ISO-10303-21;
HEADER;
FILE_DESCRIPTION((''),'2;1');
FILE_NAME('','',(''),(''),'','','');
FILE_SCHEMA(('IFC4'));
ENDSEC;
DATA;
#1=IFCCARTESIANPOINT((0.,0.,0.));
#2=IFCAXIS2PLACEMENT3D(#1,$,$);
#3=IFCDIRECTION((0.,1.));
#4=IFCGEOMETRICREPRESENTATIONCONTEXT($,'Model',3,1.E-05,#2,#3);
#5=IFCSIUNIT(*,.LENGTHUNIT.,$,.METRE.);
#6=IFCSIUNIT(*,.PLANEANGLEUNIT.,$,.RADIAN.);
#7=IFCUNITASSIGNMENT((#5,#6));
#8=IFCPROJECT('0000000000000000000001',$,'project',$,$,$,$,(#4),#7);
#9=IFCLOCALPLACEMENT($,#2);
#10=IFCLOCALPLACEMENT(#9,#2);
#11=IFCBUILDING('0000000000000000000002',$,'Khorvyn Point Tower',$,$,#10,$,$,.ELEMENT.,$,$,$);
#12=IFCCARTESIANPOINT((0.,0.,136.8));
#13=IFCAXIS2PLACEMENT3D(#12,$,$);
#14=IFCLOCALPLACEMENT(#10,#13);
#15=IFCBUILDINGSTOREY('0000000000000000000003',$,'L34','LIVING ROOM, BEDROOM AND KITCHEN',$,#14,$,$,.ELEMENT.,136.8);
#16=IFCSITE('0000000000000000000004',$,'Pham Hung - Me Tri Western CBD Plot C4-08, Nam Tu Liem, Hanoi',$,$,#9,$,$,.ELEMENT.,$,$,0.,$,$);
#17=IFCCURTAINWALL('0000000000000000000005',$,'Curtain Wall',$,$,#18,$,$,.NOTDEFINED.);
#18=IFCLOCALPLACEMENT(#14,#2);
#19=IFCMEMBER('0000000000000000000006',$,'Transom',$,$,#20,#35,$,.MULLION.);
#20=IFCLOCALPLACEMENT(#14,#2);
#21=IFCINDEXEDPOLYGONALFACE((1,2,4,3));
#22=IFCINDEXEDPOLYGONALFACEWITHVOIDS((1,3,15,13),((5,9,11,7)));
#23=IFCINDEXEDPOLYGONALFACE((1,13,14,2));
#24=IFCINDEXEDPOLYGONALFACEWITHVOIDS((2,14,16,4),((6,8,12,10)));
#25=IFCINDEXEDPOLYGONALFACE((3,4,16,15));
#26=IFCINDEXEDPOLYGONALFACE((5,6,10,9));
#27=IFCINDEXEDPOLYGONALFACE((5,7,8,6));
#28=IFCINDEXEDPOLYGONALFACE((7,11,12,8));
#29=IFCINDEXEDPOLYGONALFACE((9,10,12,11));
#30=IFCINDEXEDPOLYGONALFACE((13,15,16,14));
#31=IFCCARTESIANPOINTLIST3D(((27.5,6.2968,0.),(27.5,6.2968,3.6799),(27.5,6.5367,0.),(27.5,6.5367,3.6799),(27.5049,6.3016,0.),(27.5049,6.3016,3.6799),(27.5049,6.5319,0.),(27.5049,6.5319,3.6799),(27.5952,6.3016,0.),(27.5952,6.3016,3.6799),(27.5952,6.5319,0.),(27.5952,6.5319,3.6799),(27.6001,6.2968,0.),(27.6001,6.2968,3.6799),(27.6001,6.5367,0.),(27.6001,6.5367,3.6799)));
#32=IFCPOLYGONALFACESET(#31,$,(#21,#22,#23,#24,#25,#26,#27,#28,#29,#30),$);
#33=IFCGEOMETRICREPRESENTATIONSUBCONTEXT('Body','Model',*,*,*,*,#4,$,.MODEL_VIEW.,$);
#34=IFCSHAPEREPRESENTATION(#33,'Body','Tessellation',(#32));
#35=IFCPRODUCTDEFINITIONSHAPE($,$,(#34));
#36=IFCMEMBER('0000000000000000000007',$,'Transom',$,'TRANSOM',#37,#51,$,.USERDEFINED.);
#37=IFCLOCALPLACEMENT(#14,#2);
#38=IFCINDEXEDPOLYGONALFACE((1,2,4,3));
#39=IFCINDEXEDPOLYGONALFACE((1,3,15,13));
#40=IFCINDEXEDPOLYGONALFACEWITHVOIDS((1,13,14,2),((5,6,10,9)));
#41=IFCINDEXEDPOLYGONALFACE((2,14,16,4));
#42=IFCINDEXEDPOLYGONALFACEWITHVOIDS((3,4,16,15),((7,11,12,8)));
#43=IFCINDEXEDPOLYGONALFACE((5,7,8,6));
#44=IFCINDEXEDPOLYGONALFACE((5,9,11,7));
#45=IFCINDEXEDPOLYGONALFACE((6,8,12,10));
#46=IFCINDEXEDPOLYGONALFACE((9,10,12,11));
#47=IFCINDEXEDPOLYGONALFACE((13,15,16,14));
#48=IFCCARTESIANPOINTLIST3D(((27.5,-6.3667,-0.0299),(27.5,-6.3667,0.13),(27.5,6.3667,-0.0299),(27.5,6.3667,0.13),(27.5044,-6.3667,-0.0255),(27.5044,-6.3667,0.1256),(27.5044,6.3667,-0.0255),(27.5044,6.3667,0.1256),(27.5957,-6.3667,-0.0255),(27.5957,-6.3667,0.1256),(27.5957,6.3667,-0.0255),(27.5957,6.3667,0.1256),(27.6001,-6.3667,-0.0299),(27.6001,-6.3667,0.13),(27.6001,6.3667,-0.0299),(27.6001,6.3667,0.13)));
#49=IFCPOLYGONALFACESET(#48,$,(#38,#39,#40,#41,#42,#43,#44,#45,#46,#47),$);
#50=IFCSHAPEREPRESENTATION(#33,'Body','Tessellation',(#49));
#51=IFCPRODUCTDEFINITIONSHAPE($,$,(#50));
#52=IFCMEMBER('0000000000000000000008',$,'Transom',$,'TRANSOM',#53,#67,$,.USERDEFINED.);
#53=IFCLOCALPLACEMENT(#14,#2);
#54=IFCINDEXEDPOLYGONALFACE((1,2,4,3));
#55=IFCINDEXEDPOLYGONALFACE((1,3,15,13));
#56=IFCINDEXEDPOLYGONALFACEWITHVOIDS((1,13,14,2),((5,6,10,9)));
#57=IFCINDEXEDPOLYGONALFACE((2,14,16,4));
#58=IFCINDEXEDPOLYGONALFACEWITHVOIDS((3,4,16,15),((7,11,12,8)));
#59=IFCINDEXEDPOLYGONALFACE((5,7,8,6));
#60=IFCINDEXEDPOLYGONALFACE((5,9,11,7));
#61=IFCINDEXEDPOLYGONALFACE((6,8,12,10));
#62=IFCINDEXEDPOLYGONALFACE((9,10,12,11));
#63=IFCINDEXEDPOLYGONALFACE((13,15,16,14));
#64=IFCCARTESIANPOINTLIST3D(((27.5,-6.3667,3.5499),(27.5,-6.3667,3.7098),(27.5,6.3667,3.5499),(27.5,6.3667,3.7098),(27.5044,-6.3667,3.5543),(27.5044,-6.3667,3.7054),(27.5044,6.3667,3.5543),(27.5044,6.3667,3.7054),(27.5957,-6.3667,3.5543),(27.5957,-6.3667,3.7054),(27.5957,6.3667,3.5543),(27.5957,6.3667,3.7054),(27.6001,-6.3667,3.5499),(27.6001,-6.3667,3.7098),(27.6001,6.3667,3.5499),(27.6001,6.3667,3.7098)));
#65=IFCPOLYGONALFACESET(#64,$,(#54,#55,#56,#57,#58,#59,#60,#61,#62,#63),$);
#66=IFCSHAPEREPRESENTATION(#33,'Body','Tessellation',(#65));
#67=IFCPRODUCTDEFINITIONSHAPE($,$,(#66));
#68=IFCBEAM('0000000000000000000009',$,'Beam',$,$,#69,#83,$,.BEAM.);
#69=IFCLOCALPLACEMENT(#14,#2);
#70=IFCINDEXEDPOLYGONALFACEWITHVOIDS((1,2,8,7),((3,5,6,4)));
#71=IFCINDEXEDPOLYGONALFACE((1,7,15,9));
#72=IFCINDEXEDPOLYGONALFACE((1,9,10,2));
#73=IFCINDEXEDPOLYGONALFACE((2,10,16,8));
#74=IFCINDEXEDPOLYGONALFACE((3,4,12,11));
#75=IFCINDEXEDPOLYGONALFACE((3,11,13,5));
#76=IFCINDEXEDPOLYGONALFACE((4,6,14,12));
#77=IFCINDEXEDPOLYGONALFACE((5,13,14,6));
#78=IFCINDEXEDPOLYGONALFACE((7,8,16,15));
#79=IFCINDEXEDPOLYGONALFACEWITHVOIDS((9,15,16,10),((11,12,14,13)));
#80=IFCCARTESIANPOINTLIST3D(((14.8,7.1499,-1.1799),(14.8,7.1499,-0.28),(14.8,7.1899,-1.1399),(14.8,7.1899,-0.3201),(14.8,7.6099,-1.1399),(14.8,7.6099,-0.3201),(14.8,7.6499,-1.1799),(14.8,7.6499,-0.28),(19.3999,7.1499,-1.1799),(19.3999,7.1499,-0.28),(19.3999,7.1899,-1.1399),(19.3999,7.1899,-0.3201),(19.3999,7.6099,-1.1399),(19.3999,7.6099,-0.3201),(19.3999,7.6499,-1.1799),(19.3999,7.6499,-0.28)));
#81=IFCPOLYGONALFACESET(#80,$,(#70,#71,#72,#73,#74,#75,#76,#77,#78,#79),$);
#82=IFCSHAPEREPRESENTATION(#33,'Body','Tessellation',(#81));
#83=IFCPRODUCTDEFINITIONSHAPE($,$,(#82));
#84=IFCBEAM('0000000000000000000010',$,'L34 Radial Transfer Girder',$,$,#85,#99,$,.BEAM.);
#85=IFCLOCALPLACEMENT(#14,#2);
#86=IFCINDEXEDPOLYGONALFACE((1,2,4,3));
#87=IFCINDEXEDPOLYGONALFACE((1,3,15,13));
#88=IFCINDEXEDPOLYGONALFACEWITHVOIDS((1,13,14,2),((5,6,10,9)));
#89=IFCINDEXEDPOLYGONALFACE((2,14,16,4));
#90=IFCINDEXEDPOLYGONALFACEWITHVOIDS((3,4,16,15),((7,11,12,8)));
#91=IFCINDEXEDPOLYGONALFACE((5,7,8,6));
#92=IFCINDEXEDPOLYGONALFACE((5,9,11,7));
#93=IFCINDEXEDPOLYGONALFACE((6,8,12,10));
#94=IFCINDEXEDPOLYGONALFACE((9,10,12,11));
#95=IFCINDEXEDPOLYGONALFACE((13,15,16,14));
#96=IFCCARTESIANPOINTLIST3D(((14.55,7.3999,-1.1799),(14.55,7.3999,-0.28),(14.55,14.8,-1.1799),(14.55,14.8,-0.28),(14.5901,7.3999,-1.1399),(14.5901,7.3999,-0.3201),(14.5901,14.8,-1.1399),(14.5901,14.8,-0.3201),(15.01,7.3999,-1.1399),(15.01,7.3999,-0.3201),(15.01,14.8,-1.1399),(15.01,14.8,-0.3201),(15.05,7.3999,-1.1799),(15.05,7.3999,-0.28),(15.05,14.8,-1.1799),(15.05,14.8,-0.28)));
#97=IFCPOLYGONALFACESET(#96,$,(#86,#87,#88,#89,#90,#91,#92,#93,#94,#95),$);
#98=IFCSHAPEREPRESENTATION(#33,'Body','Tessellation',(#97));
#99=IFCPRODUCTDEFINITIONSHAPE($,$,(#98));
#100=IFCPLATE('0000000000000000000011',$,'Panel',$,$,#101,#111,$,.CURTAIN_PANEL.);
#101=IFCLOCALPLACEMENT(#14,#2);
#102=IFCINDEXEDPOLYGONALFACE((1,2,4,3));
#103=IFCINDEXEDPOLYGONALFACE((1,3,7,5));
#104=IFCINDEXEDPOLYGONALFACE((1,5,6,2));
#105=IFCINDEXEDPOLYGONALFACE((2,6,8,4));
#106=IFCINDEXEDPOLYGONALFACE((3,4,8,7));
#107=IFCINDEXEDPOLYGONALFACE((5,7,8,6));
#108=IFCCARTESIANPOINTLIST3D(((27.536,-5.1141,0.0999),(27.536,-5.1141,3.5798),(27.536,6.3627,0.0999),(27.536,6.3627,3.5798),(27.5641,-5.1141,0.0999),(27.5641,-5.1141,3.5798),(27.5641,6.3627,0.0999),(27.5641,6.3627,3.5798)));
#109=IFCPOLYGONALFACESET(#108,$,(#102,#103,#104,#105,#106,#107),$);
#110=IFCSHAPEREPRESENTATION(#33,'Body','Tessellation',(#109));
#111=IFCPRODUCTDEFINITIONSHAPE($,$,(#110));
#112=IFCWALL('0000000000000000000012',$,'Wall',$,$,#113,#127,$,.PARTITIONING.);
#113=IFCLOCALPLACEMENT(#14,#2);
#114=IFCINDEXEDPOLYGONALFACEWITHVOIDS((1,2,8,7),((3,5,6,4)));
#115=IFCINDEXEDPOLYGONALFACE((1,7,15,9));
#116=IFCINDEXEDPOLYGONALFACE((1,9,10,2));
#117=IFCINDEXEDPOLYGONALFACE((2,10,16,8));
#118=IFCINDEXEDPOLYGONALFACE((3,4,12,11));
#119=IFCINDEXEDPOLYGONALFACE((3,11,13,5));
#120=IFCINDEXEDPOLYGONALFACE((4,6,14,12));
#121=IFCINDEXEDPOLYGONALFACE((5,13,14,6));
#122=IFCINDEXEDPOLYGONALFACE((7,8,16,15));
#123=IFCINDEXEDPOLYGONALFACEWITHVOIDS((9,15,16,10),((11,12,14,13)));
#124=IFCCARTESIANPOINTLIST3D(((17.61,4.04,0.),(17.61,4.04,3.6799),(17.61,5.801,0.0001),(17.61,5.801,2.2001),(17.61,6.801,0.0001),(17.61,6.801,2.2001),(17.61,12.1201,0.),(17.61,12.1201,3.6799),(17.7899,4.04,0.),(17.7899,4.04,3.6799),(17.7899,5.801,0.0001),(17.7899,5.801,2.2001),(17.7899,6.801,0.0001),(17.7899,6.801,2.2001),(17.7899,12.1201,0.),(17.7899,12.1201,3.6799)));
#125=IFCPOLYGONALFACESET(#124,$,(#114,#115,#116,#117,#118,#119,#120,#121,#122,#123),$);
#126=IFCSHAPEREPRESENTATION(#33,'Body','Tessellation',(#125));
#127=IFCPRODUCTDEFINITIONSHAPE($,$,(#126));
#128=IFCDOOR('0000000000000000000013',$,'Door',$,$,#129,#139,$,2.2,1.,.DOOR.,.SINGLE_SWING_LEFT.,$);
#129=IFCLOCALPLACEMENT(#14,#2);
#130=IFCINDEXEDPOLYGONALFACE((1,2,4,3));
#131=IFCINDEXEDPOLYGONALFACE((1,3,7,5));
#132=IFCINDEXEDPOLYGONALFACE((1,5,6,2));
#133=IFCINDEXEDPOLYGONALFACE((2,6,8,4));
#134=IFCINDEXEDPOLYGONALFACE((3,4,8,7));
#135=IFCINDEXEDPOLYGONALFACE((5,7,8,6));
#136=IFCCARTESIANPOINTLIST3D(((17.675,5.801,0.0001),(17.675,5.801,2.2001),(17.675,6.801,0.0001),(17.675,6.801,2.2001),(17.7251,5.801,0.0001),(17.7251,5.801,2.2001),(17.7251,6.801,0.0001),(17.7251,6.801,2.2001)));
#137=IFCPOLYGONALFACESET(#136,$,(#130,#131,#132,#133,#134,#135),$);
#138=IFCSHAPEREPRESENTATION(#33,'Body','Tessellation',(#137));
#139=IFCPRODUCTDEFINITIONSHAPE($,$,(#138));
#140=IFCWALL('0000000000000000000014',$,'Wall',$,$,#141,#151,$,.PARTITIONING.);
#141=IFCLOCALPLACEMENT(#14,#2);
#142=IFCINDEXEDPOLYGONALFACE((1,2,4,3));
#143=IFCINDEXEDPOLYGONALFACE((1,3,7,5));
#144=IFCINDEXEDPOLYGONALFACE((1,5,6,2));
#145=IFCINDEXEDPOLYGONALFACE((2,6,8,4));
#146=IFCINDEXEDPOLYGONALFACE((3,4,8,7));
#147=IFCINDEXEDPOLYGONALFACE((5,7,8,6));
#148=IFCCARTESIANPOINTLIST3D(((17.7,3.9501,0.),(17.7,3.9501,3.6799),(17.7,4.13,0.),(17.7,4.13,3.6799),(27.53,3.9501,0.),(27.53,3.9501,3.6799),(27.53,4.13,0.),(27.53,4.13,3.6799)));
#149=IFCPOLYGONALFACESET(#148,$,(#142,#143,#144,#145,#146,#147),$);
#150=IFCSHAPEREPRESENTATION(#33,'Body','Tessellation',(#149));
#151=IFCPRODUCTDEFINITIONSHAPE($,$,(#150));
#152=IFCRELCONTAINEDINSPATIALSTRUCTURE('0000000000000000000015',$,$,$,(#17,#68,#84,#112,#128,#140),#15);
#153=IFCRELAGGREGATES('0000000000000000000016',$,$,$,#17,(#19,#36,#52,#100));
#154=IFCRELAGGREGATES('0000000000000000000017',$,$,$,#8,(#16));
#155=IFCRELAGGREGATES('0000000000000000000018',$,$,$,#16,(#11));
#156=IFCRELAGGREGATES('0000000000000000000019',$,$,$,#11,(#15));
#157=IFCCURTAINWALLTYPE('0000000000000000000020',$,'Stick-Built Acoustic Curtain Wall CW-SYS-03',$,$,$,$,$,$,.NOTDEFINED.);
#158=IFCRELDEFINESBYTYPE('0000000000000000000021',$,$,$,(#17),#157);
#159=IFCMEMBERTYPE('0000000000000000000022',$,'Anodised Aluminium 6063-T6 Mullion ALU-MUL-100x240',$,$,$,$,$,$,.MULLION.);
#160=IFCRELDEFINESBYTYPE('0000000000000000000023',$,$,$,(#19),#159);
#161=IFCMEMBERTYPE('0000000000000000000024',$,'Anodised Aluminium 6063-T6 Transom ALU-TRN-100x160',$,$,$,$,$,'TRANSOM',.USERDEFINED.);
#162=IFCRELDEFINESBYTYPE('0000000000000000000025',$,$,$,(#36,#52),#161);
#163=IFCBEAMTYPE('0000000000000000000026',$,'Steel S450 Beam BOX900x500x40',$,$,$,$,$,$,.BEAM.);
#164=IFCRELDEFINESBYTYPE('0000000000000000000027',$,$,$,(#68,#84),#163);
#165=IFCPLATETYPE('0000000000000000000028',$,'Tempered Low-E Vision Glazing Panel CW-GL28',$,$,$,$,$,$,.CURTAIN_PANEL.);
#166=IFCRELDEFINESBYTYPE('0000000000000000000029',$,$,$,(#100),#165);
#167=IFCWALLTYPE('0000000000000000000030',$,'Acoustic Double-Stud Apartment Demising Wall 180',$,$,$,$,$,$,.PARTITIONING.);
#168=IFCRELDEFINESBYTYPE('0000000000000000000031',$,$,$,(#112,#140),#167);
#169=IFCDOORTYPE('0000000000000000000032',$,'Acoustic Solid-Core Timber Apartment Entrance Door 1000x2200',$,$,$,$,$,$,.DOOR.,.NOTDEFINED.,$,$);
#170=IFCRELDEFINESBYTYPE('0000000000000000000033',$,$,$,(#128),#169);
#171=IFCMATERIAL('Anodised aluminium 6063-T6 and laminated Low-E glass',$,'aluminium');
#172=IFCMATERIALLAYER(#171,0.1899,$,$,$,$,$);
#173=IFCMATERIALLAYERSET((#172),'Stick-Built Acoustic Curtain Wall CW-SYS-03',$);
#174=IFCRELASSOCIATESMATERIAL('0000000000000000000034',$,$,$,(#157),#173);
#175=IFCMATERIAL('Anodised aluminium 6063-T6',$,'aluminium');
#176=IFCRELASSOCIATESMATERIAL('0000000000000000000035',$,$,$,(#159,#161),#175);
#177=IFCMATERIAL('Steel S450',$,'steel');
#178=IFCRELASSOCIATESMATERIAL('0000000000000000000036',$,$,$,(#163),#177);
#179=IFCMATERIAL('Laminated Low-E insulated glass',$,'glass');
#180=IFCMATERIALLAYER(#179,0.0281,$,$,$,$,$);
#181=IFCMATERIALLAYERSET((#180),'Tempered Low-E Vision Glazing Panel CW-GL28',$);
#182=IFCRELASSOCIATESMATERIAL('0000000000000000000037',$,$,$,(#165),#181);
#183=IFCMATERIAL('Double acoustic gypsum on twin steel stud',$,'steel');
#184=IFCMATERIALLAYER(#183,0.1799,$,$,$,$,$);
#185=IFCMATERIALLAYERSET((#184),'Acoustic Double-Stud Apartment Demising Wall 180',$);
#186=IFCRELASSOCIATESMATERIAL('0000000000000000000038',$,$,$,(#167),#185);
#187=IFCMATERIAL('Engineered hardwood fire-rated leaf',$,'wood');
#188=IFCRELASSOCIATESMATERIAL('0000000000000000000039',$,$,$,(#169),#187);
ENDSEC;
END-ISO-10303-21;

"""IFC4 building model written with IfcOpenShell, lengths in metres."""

from ifc_helpers import new_model, si_unit, direction, frame, frame_2d, origin, origin_2d, place, context, subcontext, project, spatial, rectangle, hollow_rectangle, extrude, material, layer, layer_set, material_profile, profile_set, type_object, element, fill, aggregate, save


model = new_model("IFC4")

# Units and contexts
model_context = context("Model", 3, precision=1e-05, world=origin(), true_north=direction((0.0, 1.0)))
body_context = subcontext(model_context, "Body", "Model", "MODEL_VIEW")
ifc_project = project(units=[si_unit("LENGTHUNIT", "METRE"), si_unit("PLANEANGLEUNIT", "RADIAN")], contexts=[model_context])

# Site, building, storey
site_placement = place(None, origin())
site = spatial("IfcSite", under=ifc_project, at=site_placement, Name="Pham Hung - Me Tri Western CBD Plot C4-08, Nam Tu Liem, Hanoi", CompositionType="ELEMENT", RefElevation=0.0)
building_placement = place(site_placement, origin())
building = spatial("IfcBuilding", under=site, at=building_placement, Name="Khorvyn Point Tower", CompositionType="ELEMENT")
storey_placement = place(building_placement, frame((0.0, 0.0, 136.8)))
storey = spatial("IfcBuildingStorey", under=building, at=storey_placement, Name="L34", Description="LIVING ROOM, BEDROOM AND KITCHEN", CompositionType="ELEMENT", Elevation=136.8)

# Curtain wall, members
ifc_material_1 = material(Name="Anodised aluminium 6063-T6 and laminated Low-E glass", Category="aluminium")
ifc_layer_1 = layer(ifc_material_1, 0.1899)
ifc_layer_set_1 = layer_set([ifc_layer_1], Name="Stick-Built Acoustic Curtain Wall CW-SYS-03")
curtain_wall_type = type_object("IfcCurtainWallType", Name="Stick-Built Acoustic Curtain Wall CW-SYS-03", PredefinedType="NOTDEFINED", material=ifc_layer_set_1)
curtain_wall_placement = place(storey_placement, origin())
curtain_wall = element("IfcCurtainWall", 1, at=curtain_wall_placement, inside=storey, type_object=curtain_wall_type, Name="Curtain Wall", PredefinedType="NOTDEFINED")
ifc_material_2 = material(Name="Anodised aluminium 6063-T6", Category="aluminium")
ifc_material_profile_1 = material_profile(ifc_material_2, hollow_rectangle(XDim=0.1001, YDim=0.24, WallThickness=0.0049, at=origin_2d()))
ifc_profile_set_1 = profile_set([ifc_material_profile_1], Name="Anodised aluminium 6063-T6 ALU-MUL-100x240")
member_type_1 = type_object("IfcMemberType", Name="Anodised Aluminium 6063-T6 Mullion ALU-MUL-100x240", PredefinedType="MULLION", material=ifc_profile_set_1)
member_1_placement = place(storey_placement, frame((27.55, 6.4167, 0.0), z_axis=(0.0, 0.0, 1.0), x_axis=(1.0, 0.0, 0.0)))
member_1 = element("IfcMember", 2, at=member_1_placement, type_object=member_type_1, Name="Transom", PredefinedType="MULLION", context=body_context, shape_type="SweptSolid", body=[
    extrude(hollow_rectangle(XDim=0.1001, YDim=0.24, WallThickness=0.0049, at=origin_2d()), origin(), (0.0, 0.0, 1.0), 3.6799),
])
ifc_material_profile_2 = material_profile(ifc_material_2, hollow_rectangle(XDim=0.1001, YDim=0.1599, WallThickness=0.0044, at=origin_2d()))
ifc_profile_set_2 = profile_set([ifc_material_profile_2], Name="Anodised aluminium 6063-T6 ALU-TRN-100x160")
member_type_2 = type_object("IfcMemberType", Name="Anodised Aluminium 6063-T6 Transom ALU-TRN-100x160", ElementType="TRANSOM", PredefinedType="USERDEFINED", material=ifc_profile_set_2)
member_2_placement = place(storey_placement, frame((27.55, 6.3667, 0.05), z_axis=(0.0, -1.0, 0.0), x_axis=(1.0, 0.0, 0.0)))
member_2 = element("IfcMember", 3, at=member_2_placement, type_object=member_type_2, Name="Transom", ObjectType="TRANSOM", PredefinedType="USERDEFINED", context=body_context, shape_type="SweptSolid", body=[
    extrude(hollow_rectangle(XDim=0.1001, YDim=0.1599, WallThickness=0.0044, at=origin_2d()), origin(), (0.0, 0.0, 1.0), 12.7334),
])
member_3_placement = place(storey_placement, frame((27.55, 6.3667, 3.6299), z_axis=(0.0, -1.0, 0.0), x_axis=(1.0, 0.0, 0.0)))
member_3 = element("IfcMember", 4, at=member_3_placement, type_object=member_type_2, Name="Transom", ObjectType="TRANSOM", PredefinedType="USERDEFINED", context=body_context, shape_type="SweptSolid", body=[
    extrude(hollow_rectangle(XDim=0.1001, YDim=0.1599, WallThickness=0.0044, at=origin_2d()), origin(), (0.0, 0.0, 1.0), 12.7334),
])

# Beams
ifc_material_3 = material(Name="Steel S450", Category="steel")
ifc_material_profile_3 = material_profile(ifc_material_3, hollow_rectangle(XDim=0.5, YDim=0.8999, WallThickness=0.04, at=origin_2d()))
ifc_profile_set_3 = profile_set([ifc_material_profile_3], Name="Steel S450 BOX900x500x40")
beam_type = type_object("IfcBeamType", Name="Steel S450 Beam BOX900x500x40", PredefinedType="BEAM", material=ifc_profile_set_3)
beam_1_placement = place(storey_placement, frame((14.8, 7.3999, -0.73), z_axis=(1.0, 0.0, 0.0), x_axis=(0.0, 1.0, 0.0)))
element("IfcBeam", 5, at=beam_1_placement, inside=storey, type_object=beam_type, Name="Beam", PredefinedType="BEAM", context=body_context, shape_type="SweptSolid", body=[
    extrude(hollow_rectangle(XDim=0.5, YDim=0.8999, WallThickness=0.04, at=origin_2d()), origin(), (0.0, 0.0, 1.0), 4.5999),
])
beam_2_placement = place(storey_placement, frame((14.8, 7.3999, -0.73), z_axis=(0.0, 1.0, 0.0), x_axis=(-1.0, 0.0, 0.0)))
element("IfcBeam", 6, at=beam_2_placement, inside=storey, type_object=beam_type, Name="L34 Radial Transfer Girder", PredefinedType="BEAM", context=body_context, shape_type="SweptSolid", body=[
    extrude(hollow_rectangle(XDim=0.5, YDim=0.8999, WallThickness=0.04, at=origin_2d()), origin(), (0.0, 0.0, 1.0), 7.4001),
])

# Plate
ifc_material_4 = material(Name="Laminated Low-E insulated glass", Category="glass")
ifc_layer_2 = layer(ifc_material_4, 0.0281)
ifc_layer_set_2 = layer_set([ifc_layer_2], Name="Tempered Low-E Vision Glazing Panel CW-GL28")
plate_type = type_object("IfcPlateType", Name="Tempered Low-E Vision Glazing Panel CW-GL28", PredefinedType="CURTAIN_PANEL", material=ifc_layer_set_2)
plate_placement = place(storey_placement, frame((27.55, 0.6243, 0.0999), z_axis=(0.0, 0.0, 1.0), x_axis=(0.0, -1.0, 0.0)))
plate = element("IfcPlate", 7, at=plate_placement, type_object=plate_type, Name="Panel", PredefinedType="CURTAIN_PANEL", context=body_context, shape_type="SweptSolid", body=[
    extrude(rectangle(XDim=11.4768, YDim=0.0281, at=origin_2d()), origin(), (0.0, 0.0, 1.0), 3.48),
])
aggregate(curtain_wall, [member_1, member_2, member_3, plate])

# Wall, opening, door
ifc_material_5 = material(Name="Double acoustic gypsum on twin steel stud", Category="steel")
ifc_layer_3 = layer(ifc_material_5, 0.1799)
ifc_layer_set_3 = layer_set([ifc_layer_3], Name="Acoustic Double-Stud Apartment Demising Wall 180")
wall_type_1 = type_object("IfcWallType", Name="Acoustic Double-Stud Apartment Demising Wall 180", PredefinedType="PARTITIONING", material=ifc_layer_set_3)
wall_1_placement = place(storey_placement, frame((17.7, 4.04, 0.0), z_axis=(0.0, 0.0, 1.0), x_axis=(0.0, 1.0, 0.0)))
wall_1 = element("IfcWall", 8, at=wall_1_placement, inside=storey, type_object=wall_type_1, Name="Wall", PredefinedType="PARTITIONING", context=body_context, shape_type="SweptSolid", body=[
    extrude(rectangle(XDim=8.0801, YDim=0.1799, at=frame_2d((4.04, 0.0))), origin(), (0.0, 0.0, 1.0), 3.6799),
])
opening_1_placement = place(wall_1_placement, frame((1.761, 0.0, 0.0)))
opening_1 = element("IfcOpeningElement", 9, at=opening_1_placement, cuts=wall_1, PredefinedType="OPENING", context=body_context, shape_type="SweptSolid", body=[
    extrude(rectangle(XDim=1.0, YDim=2.2, at=frame_2d((0.5, 1.1001))), frame((0.0, 0.0999, 0.0), z_axis=(0.0, -1.0, 0.0), x_axis=(1.0, 0.0, 0.0)), (0.0, 0.0, 1.0), 0.2),
])
ifc_material_6 = material(Name="Engineered hardwood fire-rated leaf", Category="wood")
door_type_1 = type_object("IfcDoorType", Name="Acoustic Solid-Core Timber Apartment Entrance Door 1000x2200", OperationType="NOTDEFINED", PredefinedType="DOOR", material=ifc_material_6)
door_1_placement = place(opening_1_placement, origin())
door_1 = element("IfcDoor", 10, at=door_1_placement, inside=storey, type_object=door_type_1, Name="Door", OperationType="SINGLE_SWING_LEFT", OverallHeight=2.2, OverallWidth=1.0, PredefinedType="DOOR", context=body_context, shape_type="SweptSolid", body=[
    extrude(rectangle(XDim=1.0, YDim=2.2, at=frame_2d((0.5, 1.1001))), frame((0.0, 0.0249, 0.0), z_axis=(0.0, -1.0, 0.0), x_axis=(1.0, 0.0, 0.0)), (0.0, 0.0, 1.0), 0.05),
])
fill(opening_1, door_1)

# Wall
wall_2_placement = place(storey_placement, frame((17.7, 4.04, 0.0), z_axis=(0.0, 0.0, 1.0), x_axis=(1.0, 0.0, 0.0)))
element("IfcWall", 11, at=wall_2_placement, inside=storey, type_object=wall_type_1, Name="Wall", PredefinedType="PARTITIONING", context=body_context, shape_type="SweptSolid", body=[
    extrude(rectangle(XDim=9.8301, YDim=0.1799, at=frame_2d((4.915, 0.0))), origin(), (0.0, 0.0, 1.0), 3.6799),
])

save(model, "model.ifc")
